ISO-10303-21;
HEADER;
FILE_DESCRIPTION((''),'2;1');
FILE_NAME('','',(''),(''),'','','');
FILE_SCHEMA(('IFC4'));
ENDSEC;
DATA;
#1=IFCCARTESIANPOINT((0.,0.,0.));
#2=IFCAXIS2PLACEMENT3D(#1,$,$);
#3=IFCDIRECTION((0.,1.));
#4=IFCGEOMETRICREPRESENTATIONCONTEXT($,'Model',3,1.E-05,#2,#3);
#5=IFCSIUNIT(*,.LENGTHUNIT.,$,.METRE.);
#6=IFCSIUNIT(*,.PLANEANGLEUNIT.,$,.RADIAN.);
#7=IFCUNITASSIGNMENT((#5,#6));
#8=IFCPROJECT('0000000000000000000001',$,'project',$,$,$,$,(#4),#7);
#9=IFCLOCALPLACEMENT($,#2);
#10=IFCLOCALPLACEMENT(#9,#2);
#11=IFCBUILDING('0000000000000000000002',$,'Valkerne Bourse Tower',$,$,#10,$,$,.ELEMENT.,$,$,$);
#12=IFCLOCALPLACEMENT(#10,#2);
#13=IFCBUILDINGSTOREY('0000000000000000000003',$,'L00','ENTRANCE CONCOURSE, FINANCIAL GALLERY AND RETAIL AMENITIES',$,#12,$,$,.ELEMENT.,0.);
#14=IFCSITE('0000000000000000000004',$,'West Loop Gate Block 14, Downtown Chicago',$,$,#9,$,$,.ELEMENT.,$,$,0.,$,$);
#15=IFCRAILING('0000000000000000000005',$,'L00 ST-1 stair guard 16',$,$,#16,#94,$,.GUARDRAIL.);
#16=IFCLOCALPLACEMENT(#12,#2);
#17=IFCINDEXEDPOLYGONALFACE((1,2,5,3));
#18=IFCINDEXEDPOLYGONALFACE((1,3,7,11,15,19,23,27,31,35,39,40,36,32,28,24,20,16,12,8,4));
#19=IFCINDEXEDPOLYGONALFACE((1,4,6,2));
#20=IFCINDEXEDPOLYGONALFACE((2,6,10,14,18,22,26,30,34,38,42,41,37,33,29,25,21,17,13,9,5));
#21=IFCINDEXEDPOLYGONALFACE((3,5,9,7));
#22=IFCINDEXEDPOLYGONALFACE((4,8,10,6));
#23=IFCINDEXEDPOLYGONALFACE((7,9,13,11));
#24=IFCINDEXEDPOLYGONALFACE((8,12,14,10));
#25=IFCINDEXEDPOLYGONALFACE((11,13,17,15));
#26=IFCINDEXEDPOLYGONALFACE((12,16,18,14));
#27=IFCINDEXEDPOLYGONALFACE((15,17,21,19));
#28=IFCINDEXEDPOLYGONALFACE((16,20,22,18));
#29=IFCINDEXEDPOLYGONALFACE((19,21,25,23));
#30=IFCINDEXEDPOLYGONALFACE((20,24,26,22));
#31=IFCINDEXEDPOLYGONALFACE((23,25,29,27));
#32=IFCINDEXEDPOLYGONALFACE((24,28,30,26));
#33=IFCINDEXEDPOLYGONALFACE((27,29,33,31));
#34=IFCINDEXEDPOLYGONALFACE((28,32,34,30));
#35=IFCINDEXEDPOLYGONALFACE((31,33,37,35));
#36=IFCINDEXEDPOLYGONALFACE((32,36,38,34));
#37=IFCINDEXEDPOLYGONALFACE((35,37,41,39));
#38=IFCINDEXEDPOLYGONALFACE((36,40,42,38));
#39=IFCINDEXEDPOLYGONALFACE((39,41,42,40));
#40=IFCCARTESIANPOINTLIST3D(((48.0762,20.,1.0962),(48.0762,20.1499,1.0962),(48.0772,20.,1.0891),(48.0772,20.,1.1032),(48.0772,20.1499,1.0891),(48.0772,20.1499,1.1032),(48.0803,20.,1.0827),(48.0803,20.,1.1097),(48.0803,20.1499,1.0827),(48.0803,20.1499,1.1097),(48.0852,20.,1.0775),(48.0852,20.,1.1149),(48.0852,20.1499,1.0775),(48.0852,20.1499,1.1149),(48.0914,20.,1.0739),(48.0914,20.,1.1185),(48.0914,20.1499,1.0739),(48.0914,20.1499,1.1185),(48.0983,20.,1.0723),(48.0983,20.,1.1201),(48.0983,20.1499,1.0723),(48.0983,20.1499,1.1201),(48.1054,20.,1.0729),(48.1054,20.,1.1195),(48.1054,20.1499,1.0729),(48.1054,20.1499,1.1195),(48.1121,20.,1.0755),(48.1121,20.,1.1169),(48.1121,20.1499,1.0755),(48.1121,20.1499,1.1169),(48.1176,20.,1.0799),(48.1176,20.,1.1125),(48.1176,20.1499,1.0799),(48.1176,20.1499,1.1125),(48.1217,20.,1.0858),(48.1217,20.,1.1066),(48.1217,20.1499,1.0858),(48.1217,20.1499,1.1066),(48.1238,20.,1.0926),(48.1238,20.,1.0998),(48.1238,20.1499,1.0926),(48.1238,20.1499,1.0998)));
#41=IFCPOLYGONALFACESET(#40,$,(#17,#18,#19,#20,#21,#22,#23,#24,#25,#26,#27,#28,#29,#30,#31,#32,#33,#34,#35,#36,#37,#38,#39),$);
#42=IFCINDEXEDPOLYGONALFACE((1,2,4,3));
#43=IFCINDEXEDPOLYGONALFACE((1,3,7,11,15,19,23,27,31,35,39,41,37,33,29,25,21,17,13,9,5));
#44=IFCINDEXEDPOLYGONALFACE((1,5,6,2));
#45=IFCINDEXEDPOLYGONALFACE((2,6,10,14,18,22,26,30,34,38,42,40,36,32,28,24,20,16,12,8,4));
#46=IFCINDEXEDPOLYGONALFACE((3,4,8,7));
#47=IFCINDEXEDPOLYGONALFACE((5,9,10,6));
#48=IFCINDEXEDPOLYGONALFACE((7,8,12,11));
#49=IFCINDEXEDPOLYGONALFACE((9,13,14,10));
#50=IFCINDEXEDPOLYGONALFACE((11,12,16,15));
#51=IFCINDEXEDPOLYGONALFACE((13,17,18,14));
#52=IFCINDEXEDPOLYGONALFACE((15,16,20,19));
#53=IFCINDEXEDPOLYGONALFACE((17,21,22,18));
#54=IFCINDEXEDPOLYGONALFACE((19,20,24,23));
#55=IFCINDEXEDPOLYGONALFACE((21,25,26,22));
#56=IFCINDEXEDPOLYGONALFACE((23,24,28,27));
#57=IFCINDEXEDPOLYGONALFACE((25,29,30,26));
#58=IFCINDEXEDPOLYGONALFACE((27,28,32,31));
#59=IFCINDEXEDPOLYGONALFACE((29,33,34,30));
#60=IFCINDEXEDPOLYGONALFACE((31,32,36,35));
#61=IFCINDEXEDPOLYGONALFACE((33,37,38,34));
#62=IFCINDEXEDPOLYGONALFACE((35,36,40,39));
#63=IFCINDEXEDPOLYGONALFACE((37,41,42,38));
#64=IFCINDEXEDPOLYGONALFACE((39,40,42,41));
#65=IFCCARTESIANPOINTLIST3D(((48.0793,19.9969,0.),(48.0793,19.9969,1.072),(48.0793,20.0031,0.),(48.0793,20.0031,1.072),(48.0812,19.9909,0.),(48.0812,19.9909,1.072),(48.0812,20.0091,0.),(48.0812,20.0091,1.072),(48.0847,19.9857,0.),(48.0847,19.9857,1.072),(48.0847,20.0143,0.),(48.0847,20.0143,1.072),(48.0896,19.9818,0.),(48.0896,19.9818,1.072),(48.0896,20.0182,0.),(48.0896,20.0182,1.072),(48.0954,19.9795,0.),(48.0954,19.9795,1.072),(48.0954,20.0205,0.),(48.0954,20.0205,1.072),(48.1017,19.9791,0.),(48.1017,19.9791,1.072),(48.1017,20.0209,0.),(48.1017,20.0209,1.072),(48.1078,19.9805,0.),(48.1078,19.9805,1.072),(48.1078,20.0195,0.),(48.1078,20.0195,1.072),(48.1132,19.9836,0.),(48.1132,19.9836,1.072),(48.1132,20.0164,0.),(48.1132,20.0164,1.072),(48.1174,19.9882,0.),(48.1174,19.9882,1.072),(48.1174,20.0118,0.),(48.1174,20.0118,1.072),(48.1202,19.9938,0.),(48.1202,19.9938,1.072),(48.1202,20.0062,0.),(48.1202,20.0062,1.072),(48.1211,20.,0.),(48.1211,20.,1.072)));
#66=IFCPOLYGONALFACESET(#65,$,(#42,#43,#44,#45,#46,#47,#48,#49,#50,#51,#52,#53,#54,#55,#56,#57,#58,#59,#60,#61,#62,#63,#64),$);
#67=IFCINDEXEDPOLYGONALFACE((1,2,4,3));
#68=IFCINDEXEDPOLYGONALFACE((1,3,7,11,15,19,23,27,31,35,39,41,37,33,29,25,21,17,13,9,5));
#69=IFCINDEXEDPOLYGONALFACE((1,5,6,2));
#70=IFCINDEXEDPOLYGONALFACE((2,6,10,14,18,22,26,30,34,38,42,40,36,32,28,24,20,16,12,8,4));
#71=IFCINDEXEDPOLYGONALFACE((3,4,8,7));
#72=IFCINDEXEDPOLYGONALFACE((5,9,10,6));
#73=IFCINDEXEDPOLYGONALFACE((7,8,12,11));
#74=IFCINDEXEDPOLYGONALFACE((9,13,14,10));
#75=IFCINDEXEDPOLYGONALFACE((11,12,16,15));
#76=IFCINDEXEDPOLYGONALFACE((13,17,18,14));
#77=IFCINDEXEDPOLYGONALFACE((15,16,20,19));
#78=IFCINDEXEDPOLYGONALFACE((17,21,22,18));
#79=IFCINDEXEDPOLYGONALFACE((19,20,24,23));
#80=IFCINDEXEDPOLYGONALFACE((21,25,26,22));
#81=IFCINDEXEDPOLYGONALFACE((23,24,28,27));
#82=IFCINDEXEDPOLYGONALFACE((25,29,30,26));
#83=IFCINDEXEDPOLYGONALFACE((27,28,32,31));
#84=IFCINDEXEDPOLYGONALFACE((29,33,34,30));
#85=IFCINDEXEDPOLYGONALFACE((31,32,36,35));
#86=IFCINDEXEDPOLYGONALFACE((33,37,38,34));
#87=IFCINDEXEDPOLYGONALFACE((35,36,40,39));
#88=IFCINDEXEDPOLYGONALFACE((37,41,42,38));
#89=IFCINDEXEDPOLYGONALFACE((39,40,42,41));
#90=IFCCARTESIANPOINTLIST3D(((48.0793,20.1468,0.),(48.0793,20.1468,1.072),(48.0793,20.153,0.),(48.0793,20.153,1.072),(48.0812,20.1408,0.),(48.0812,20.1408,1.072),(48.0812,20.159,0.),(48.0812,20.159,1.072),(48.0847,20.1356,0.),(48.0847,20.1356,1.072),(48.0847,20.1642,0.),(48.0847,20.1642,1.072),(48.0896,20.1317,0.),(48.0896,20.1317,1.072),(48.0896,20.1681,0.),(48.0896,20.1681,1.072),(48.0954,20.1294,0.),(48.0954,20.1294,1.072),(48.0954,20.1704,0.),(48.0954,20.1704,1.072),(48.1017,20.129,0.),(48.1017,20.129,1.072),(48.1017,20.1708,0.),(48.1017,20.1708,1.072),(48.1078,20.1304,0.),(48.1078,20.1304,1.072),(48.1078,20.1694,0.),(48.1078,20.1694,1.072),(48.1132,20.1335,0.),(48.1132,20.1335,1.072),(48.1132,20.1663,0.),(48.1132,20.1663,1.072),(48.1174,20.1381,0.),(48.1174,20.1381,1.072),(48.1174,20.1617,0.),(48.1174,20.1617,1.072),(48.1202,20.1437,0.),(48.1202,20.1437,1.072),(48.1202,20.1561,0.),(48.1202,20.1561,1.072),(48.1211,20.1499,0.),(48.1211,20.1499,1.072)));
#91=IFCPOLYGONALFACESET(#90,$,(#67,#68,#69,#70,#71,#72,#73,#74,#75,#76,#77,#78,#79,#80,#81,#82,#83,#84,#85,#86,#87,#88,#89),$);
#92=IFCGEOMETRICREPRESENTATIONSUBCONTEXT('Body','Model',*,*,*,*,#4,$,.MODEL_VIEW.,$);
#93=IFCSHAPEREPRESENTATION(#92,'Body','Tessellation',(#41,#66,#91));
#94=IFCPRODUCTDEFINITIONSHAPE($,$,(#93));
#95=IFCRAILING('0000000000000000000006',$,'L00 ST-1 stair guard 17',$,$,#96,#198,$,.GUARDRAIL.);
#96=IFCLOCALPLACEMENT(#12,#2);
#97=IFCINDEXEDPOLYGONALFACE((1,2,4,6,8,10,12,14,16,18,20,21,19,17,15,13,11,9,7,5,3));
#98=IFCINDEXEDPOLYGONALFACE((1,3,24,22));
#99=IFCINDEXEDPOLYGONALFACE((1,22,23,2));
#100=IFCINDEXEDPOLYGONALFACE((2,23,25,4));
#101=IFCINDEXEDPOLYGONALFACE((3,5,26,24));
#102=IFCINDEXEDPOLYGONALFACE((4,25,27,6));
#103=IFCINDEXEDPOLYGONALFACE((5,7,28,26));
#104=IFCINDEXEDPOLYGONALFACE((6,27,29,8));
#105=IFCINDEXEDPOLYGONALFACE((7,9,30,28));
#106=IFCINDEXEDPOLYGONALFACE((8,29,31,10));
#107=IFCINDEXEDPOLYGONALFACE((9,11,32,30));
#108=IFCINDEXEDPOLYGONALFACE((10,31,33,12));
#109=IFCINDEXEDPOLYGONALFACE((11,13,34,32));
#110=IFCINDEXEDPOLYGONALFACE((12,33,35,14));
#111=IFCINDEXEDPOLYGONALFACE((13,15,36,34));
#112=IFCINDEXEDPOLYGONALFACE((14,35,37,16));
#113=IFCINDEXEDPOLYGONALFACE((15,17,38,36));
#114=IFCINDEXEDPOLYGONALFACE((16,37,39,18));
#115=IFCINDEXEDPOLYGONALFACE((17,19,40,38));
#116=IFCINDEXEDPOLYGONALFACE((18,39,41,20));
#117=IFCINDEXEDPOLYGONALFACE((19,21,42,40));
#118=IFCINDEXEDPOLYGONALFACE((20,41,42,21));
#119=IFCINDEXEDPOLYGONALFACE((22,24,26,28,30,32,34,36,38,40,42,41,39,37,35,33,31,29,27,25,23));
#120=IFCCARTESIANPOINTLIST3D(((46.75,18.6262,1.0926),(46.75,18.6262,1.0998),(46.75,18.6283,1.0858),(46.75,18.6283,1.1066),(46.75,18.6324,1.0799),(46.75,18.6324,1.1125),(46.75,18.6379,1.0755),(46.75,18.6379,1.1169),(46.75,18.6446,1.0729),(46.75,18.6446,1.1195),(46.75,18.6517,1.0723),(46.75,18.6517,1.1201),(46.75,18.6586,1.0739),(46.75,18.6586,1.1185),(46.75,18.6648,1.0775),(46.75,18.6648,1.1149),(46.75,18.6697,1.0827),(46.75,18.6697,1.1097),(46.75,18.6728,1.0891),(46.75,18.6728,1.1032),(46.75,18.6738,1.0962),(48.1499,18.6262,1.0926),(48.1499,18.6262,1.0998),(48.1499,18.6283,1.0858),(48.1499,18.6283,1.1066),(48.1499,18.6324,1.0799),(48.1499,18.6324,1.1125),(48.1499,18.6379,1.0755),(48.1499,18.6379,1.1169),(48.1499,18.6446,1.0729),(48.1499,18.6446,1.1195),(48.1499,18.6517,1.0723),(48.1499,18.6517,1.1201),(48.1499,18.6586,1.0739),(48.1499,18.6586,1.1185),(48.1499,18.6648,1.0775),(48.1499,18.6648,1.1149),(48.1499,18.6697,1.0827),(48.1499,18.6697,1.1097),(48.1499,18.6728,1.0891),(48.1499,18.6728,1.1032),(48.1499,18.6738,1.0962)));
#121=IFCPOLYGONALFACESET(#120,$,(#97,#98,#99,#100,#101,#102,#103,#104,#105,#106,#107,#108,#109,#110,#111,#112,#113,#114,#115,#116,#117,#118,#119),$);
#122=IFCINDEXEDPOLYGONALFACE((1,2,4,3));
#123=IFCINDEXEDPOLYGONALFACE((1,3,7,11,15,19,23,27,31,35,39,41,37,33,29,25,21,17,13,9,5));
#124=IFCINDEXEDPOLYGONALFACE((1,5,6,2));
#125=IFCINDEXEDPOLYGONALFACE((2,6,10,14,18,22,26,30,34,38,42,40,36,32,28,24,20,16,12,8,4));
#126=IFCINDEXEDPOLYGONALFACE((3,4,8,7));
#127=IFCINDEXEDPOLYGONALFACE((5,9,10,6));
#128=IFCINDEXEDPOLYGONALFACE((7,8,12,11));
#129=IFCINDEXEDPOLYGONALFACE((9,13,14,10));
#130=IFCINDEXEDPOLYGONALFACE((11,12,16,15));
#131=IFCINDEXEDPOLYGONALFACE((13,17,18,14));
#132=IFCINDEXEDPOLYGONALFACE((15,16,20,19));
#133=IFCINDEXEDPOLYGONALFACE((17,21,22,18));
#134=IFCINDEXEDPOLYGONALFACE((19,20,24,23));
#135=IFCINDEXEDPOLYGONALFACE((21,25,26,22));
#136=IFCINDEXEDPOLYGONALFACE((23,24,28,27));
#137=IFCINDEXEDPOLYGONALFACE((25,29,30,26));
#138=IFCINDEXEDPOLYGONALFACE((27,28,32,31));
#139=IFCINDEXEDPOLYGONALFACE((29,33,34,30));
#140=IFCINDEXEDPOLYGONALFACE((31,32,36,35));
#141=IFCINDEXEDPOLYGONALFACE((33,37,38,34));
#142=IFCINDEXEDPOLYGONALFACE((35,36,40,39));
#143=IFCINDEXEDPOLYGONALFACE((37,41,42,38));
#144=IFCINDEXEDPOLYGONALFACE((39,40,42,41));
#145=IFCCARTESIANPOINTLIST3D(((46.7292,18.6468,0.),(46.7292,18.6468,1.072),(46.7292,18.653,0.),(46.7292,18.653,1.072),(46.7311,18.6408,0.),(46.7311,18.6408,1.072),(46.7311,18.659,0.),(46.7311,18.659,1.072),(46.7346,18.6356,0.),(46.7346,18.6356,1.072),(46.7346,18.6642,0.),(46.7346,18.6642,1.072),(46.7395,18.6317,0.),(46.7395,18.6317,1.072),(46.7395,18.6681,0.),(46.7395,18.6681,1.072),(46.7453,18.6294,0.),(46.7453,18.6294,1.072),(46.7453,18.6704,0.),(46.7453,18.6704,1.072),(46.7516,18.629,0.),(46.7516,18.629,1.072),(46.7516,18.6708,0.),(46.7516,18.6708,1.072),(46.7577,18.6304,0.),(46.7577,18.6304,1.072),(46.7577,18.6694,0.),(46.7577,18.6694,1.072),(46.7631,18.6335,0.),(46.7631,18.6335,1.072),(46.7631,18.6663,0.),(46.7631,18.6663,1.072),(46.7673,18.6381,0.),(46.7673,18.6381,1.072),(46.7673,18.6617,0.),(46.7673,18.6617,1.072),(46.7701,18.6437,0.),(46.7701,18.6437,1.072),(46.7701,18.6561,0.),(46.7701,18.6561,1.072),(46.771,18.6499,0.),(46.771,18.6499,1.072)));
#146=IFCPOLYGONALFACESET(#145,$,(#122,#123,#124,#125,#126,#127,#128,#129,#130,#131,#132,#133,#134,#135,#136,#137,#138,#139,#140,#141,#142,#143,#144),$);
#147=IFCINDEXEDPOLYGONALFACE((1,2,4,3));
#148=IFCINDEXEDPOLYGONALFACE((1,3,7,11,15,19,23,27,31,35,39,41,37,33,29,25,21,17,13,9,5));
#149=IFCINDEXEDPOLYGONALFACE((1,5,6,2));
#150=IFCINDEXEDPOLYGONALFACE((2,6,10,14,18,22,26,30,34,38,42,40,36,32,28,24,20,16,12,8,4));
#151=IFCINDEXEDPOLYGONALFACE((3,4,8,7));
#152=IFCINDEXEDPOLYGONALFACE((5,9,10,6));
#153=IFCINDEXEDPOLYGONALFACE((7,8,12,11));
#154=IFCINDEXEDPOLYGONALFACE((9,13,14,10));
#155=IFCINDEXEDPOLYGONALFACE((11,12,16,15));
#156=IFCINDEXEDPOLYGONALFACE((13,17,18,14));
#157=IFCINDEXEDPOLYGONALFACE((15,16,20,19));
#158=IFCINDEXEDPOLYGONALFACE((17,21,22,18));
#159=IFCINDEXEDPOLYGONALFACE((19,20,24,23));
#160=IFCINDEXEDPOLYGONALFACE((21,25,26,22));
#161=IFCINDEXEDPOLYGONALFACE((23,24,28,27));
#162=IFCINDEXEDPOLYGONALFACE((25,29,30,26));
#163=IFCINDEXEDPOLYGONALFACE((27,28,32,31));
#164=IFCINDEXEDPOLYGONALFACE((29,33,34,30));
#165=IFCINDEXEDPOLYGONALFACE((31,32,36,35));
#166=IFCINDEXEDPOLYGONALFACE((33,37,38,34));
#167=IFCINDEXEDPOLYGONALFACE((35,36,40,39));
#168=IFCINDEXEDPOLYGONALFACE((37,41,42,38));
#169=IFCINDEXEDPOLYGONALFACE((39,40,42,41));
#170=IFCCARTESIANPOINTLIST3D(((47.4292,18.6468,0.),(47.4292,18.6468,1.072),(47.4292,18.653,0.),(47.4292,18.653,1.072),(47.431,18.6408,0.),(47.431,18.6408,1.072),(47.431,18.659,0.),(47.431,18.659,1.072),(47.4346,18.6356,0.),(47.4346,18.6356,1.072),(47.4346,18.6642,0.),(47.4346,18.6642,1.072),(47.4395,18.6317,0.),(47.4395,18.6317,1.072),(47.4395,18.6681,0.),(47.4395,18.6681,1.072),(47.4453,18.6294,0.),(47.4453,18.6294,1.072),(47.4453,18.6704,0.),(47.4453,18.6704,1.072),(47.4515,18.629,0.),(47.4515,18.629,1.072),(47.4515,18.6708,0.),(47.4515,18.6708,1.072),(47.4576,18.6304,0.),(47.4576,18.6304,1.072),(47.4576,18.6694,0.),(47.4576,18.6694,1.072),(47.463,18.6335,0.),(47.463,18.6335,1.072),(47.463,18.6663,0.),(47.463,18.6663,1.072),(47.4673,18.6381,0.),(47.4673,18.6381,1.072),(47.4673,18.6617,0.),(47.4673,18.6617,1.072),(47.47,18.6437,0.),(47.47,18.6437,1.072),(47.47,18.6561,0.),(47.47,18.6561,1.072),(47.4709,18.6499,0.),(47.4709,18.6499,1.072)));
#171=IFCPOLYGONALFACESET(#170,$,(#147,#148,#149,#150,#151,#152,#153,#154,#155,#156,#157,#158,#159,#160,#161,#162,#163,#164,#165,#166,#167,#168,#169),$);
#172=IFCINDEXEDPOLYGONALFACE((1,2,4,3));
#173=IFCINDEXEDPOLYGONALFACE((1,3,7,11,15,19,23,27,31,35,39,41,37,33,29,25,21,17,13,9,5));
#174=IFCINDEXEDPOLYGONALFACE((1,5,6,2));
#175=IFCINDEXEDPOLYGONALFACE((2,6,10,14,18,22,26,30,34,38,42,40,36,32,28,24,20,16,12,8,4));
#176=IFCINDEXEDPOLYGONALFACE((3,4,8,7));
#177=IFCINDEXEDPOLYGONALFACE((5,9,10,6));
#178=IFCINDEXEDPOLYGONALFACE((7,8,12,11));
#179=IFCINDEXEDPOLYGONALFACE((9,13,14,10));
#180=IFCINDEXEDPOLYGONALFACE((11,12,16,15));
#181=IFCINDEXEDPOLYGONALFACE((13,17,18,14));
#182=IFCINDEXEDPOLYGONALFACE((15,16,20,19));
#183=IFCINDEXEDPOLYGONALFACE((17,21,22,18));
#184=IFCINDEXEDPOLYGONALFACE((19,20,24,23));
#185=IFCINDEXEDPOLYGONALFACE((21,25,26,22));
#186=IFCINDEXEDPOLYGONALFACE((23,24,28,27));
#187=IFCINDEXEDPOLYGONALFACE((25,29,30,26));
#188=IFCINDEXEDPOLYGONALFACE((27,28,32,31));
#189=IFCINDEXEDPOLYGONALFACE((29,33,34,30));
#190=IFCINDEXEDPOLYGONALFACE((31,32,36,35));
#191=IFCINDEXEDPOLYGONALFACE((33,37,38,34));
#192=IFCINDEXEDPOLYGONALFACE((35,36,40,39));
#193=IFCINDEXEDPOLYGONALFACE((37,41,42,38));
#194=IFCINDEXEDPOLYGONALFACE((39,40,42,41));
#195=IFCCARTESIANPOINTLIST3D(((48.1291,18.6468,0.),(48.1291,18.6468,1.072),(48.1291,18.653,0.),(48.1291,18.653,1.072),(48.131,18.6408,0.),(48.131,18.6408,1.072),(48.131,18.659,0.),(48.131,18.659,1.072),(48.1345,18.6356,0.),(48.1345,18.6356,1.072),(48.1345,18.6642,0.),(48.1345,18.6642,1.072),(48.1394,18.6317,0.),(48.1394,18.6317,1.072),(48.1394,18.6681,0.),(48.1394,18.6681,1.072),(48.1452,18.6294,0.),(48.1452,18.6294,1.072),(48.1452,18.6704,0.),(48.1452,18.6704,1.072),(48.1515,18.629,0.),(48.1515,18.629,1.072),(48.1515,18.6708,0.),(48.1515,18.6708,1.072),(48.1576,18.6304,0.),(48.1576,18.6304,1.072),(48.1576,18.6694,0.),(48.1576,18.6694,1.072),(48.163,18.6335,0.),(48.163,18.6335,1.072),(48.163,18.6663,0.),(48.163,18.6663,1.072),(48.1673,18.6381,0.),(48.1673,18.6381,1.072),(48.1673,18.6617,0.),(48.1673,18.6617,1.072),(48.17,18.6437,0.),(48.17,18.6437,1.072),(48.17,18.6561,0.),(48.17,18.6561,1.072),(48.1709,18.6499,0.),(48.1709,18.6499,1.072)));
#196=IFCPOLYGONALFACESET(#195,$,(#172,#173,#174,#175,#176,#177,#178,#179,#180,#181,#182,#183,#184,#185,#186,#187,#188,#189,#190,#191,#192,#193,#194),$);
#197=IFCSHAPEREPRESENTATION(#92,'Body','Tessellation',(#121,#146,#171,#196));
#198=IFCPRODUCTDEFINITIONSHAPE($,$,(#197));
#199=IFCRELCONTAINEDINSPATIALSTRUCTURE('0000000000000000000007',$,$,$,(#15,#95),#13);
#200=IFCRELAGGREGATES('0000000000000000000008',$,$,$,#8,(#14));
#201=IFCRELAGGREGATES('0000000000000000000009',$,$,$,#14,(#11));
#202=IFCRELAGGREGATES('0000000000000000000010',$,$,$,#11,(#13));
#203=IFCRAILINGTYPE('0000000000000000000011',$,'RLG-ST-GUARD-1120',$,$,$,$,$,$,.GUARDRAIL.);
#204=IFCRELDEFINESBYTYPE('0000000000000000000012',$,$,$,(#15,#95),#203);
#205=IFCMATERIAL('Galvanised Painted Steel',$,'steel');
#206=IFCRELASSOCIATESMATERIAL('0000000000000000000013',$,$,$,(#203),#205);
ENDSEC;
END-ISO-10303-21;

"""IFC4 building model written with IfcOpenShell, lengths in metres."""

from ifc_helpers import new_model, si_unit, direction, frame, origin, origin_2d, place, context, subcontext, project, spatial, circle, extrude, material, type_object, element, save


model = new_model("IFC4")

# Units and contexts
model_context = context("Model", 3, precision=1e-05, world=origin(), true_north=direction((0.0, 1.0)))
body_context = subcontext(model_context, "Body", "Model", "MODEL_VIEW")
ifc_project = project(units=[si_unit("LENGTHUNIT", "METRE"), si_unit("PLANEANGLEUNIT", "RADIAN")], contexts=[model_context])

# Site, building, storey
site_placement = place(None, origin())
site = spatial("IfcSite", under=ifc_project, at=site_placement, Name="West Loop Gate Block 14, Downtown Chicago", CompositionType="ELEMENT", RefElevation=0.0)
building_placement = place(site_placement, origin())
building = spatial("IfcBuilding", under=site, at=building_placement, Name="Valkerne Bourse Tower", CompositionType="ELEMENT")
storey_placement = place(building_placement, origin())
storey = spatial("IfcBuildingStorey", under=building, at=storey_placement, Name="L00", Description="ENTRANCE CONCOURSE, FINANCIAL GALLERY AND RETAIL AMENITIES", CompositionType="ELEMENT", Elevation=0.0)

# Railings
ifc_material_1 = material(Name="Galvanised Painted Steel", Category="steel")
railing_type_1 = type_object("IfcRailingType", Name="RLG-ST-GUARD-1120", PredefinedType="GUARDRAIL", material=ifc_material_1)
railing_1_placement = place(storey_placement, frame((48.1001, 20.0, 0.0)))
element("IfcRailing", 1, at=railing_1_placement, inside=storey, type_object=railing_type_1, Name="L00 ST-1 stair guard 16", PredefinedType="GUARDRAIL", context=body_context, shape_type="SweptSolid", body=[
    extrude(circle(Radius=0.0239, at=origin_2d()), frame((0.0, 0.0, 1.0962), z_axis=(0.0, 1.0, 0.0), x_axis=(-1.0, 0.0, 0.0)), (0.0, 0.0, 1.0), 0.1499),
    extrude(circle(Radius=0.021, at=origin_2d()), origin(), (0.0, 0.0, 1.0), 1.072),
    extrude(circle(Radius=0.021, at=origin_2d()), frame((0.0, 0.1499, 0.0)), (0.0, 0.0, 1.0), 1.072),
])
railing_2_placement = place(storey_placement, frame((46.75, 18.6499, 0.0)))
element("IfcRailing", 2, at=railing_2_placement, inside=storey, type_object=railing_type_1, Name="L00 ST-1 stair guard 17", PredefinedType="GUARDRAIL", context=body_context, shape_type="SweptSolid", body=[
    extrude(circle(Radius=0.0239, at=origin_2d()), frame((0.0, 0.0, 1.0962), z_axis=(1.0, 0.0, 0.0), x_axis=(0.0, 1.0, 0.0)), (0.0, 0.0, 1.0), 1.3999),
    extrude(circle(Radius=0.021, at=origin_2d()), origin(), (0.0, 0.0, 1.0), 1.072),
    extrude(circle(Radius=0.021, at=origin_2d()), frame((0.7, 0.0, 0.0)), (0.0, 0.0, 1.0), 1.072),
    extrude(circle(Radius=0.021, at=origin_2d()), frame((1.3999, 0.0, 0.0)), (0.0, 0.0, 1.0), 1.072),
])

save(model, "model.ifc")
